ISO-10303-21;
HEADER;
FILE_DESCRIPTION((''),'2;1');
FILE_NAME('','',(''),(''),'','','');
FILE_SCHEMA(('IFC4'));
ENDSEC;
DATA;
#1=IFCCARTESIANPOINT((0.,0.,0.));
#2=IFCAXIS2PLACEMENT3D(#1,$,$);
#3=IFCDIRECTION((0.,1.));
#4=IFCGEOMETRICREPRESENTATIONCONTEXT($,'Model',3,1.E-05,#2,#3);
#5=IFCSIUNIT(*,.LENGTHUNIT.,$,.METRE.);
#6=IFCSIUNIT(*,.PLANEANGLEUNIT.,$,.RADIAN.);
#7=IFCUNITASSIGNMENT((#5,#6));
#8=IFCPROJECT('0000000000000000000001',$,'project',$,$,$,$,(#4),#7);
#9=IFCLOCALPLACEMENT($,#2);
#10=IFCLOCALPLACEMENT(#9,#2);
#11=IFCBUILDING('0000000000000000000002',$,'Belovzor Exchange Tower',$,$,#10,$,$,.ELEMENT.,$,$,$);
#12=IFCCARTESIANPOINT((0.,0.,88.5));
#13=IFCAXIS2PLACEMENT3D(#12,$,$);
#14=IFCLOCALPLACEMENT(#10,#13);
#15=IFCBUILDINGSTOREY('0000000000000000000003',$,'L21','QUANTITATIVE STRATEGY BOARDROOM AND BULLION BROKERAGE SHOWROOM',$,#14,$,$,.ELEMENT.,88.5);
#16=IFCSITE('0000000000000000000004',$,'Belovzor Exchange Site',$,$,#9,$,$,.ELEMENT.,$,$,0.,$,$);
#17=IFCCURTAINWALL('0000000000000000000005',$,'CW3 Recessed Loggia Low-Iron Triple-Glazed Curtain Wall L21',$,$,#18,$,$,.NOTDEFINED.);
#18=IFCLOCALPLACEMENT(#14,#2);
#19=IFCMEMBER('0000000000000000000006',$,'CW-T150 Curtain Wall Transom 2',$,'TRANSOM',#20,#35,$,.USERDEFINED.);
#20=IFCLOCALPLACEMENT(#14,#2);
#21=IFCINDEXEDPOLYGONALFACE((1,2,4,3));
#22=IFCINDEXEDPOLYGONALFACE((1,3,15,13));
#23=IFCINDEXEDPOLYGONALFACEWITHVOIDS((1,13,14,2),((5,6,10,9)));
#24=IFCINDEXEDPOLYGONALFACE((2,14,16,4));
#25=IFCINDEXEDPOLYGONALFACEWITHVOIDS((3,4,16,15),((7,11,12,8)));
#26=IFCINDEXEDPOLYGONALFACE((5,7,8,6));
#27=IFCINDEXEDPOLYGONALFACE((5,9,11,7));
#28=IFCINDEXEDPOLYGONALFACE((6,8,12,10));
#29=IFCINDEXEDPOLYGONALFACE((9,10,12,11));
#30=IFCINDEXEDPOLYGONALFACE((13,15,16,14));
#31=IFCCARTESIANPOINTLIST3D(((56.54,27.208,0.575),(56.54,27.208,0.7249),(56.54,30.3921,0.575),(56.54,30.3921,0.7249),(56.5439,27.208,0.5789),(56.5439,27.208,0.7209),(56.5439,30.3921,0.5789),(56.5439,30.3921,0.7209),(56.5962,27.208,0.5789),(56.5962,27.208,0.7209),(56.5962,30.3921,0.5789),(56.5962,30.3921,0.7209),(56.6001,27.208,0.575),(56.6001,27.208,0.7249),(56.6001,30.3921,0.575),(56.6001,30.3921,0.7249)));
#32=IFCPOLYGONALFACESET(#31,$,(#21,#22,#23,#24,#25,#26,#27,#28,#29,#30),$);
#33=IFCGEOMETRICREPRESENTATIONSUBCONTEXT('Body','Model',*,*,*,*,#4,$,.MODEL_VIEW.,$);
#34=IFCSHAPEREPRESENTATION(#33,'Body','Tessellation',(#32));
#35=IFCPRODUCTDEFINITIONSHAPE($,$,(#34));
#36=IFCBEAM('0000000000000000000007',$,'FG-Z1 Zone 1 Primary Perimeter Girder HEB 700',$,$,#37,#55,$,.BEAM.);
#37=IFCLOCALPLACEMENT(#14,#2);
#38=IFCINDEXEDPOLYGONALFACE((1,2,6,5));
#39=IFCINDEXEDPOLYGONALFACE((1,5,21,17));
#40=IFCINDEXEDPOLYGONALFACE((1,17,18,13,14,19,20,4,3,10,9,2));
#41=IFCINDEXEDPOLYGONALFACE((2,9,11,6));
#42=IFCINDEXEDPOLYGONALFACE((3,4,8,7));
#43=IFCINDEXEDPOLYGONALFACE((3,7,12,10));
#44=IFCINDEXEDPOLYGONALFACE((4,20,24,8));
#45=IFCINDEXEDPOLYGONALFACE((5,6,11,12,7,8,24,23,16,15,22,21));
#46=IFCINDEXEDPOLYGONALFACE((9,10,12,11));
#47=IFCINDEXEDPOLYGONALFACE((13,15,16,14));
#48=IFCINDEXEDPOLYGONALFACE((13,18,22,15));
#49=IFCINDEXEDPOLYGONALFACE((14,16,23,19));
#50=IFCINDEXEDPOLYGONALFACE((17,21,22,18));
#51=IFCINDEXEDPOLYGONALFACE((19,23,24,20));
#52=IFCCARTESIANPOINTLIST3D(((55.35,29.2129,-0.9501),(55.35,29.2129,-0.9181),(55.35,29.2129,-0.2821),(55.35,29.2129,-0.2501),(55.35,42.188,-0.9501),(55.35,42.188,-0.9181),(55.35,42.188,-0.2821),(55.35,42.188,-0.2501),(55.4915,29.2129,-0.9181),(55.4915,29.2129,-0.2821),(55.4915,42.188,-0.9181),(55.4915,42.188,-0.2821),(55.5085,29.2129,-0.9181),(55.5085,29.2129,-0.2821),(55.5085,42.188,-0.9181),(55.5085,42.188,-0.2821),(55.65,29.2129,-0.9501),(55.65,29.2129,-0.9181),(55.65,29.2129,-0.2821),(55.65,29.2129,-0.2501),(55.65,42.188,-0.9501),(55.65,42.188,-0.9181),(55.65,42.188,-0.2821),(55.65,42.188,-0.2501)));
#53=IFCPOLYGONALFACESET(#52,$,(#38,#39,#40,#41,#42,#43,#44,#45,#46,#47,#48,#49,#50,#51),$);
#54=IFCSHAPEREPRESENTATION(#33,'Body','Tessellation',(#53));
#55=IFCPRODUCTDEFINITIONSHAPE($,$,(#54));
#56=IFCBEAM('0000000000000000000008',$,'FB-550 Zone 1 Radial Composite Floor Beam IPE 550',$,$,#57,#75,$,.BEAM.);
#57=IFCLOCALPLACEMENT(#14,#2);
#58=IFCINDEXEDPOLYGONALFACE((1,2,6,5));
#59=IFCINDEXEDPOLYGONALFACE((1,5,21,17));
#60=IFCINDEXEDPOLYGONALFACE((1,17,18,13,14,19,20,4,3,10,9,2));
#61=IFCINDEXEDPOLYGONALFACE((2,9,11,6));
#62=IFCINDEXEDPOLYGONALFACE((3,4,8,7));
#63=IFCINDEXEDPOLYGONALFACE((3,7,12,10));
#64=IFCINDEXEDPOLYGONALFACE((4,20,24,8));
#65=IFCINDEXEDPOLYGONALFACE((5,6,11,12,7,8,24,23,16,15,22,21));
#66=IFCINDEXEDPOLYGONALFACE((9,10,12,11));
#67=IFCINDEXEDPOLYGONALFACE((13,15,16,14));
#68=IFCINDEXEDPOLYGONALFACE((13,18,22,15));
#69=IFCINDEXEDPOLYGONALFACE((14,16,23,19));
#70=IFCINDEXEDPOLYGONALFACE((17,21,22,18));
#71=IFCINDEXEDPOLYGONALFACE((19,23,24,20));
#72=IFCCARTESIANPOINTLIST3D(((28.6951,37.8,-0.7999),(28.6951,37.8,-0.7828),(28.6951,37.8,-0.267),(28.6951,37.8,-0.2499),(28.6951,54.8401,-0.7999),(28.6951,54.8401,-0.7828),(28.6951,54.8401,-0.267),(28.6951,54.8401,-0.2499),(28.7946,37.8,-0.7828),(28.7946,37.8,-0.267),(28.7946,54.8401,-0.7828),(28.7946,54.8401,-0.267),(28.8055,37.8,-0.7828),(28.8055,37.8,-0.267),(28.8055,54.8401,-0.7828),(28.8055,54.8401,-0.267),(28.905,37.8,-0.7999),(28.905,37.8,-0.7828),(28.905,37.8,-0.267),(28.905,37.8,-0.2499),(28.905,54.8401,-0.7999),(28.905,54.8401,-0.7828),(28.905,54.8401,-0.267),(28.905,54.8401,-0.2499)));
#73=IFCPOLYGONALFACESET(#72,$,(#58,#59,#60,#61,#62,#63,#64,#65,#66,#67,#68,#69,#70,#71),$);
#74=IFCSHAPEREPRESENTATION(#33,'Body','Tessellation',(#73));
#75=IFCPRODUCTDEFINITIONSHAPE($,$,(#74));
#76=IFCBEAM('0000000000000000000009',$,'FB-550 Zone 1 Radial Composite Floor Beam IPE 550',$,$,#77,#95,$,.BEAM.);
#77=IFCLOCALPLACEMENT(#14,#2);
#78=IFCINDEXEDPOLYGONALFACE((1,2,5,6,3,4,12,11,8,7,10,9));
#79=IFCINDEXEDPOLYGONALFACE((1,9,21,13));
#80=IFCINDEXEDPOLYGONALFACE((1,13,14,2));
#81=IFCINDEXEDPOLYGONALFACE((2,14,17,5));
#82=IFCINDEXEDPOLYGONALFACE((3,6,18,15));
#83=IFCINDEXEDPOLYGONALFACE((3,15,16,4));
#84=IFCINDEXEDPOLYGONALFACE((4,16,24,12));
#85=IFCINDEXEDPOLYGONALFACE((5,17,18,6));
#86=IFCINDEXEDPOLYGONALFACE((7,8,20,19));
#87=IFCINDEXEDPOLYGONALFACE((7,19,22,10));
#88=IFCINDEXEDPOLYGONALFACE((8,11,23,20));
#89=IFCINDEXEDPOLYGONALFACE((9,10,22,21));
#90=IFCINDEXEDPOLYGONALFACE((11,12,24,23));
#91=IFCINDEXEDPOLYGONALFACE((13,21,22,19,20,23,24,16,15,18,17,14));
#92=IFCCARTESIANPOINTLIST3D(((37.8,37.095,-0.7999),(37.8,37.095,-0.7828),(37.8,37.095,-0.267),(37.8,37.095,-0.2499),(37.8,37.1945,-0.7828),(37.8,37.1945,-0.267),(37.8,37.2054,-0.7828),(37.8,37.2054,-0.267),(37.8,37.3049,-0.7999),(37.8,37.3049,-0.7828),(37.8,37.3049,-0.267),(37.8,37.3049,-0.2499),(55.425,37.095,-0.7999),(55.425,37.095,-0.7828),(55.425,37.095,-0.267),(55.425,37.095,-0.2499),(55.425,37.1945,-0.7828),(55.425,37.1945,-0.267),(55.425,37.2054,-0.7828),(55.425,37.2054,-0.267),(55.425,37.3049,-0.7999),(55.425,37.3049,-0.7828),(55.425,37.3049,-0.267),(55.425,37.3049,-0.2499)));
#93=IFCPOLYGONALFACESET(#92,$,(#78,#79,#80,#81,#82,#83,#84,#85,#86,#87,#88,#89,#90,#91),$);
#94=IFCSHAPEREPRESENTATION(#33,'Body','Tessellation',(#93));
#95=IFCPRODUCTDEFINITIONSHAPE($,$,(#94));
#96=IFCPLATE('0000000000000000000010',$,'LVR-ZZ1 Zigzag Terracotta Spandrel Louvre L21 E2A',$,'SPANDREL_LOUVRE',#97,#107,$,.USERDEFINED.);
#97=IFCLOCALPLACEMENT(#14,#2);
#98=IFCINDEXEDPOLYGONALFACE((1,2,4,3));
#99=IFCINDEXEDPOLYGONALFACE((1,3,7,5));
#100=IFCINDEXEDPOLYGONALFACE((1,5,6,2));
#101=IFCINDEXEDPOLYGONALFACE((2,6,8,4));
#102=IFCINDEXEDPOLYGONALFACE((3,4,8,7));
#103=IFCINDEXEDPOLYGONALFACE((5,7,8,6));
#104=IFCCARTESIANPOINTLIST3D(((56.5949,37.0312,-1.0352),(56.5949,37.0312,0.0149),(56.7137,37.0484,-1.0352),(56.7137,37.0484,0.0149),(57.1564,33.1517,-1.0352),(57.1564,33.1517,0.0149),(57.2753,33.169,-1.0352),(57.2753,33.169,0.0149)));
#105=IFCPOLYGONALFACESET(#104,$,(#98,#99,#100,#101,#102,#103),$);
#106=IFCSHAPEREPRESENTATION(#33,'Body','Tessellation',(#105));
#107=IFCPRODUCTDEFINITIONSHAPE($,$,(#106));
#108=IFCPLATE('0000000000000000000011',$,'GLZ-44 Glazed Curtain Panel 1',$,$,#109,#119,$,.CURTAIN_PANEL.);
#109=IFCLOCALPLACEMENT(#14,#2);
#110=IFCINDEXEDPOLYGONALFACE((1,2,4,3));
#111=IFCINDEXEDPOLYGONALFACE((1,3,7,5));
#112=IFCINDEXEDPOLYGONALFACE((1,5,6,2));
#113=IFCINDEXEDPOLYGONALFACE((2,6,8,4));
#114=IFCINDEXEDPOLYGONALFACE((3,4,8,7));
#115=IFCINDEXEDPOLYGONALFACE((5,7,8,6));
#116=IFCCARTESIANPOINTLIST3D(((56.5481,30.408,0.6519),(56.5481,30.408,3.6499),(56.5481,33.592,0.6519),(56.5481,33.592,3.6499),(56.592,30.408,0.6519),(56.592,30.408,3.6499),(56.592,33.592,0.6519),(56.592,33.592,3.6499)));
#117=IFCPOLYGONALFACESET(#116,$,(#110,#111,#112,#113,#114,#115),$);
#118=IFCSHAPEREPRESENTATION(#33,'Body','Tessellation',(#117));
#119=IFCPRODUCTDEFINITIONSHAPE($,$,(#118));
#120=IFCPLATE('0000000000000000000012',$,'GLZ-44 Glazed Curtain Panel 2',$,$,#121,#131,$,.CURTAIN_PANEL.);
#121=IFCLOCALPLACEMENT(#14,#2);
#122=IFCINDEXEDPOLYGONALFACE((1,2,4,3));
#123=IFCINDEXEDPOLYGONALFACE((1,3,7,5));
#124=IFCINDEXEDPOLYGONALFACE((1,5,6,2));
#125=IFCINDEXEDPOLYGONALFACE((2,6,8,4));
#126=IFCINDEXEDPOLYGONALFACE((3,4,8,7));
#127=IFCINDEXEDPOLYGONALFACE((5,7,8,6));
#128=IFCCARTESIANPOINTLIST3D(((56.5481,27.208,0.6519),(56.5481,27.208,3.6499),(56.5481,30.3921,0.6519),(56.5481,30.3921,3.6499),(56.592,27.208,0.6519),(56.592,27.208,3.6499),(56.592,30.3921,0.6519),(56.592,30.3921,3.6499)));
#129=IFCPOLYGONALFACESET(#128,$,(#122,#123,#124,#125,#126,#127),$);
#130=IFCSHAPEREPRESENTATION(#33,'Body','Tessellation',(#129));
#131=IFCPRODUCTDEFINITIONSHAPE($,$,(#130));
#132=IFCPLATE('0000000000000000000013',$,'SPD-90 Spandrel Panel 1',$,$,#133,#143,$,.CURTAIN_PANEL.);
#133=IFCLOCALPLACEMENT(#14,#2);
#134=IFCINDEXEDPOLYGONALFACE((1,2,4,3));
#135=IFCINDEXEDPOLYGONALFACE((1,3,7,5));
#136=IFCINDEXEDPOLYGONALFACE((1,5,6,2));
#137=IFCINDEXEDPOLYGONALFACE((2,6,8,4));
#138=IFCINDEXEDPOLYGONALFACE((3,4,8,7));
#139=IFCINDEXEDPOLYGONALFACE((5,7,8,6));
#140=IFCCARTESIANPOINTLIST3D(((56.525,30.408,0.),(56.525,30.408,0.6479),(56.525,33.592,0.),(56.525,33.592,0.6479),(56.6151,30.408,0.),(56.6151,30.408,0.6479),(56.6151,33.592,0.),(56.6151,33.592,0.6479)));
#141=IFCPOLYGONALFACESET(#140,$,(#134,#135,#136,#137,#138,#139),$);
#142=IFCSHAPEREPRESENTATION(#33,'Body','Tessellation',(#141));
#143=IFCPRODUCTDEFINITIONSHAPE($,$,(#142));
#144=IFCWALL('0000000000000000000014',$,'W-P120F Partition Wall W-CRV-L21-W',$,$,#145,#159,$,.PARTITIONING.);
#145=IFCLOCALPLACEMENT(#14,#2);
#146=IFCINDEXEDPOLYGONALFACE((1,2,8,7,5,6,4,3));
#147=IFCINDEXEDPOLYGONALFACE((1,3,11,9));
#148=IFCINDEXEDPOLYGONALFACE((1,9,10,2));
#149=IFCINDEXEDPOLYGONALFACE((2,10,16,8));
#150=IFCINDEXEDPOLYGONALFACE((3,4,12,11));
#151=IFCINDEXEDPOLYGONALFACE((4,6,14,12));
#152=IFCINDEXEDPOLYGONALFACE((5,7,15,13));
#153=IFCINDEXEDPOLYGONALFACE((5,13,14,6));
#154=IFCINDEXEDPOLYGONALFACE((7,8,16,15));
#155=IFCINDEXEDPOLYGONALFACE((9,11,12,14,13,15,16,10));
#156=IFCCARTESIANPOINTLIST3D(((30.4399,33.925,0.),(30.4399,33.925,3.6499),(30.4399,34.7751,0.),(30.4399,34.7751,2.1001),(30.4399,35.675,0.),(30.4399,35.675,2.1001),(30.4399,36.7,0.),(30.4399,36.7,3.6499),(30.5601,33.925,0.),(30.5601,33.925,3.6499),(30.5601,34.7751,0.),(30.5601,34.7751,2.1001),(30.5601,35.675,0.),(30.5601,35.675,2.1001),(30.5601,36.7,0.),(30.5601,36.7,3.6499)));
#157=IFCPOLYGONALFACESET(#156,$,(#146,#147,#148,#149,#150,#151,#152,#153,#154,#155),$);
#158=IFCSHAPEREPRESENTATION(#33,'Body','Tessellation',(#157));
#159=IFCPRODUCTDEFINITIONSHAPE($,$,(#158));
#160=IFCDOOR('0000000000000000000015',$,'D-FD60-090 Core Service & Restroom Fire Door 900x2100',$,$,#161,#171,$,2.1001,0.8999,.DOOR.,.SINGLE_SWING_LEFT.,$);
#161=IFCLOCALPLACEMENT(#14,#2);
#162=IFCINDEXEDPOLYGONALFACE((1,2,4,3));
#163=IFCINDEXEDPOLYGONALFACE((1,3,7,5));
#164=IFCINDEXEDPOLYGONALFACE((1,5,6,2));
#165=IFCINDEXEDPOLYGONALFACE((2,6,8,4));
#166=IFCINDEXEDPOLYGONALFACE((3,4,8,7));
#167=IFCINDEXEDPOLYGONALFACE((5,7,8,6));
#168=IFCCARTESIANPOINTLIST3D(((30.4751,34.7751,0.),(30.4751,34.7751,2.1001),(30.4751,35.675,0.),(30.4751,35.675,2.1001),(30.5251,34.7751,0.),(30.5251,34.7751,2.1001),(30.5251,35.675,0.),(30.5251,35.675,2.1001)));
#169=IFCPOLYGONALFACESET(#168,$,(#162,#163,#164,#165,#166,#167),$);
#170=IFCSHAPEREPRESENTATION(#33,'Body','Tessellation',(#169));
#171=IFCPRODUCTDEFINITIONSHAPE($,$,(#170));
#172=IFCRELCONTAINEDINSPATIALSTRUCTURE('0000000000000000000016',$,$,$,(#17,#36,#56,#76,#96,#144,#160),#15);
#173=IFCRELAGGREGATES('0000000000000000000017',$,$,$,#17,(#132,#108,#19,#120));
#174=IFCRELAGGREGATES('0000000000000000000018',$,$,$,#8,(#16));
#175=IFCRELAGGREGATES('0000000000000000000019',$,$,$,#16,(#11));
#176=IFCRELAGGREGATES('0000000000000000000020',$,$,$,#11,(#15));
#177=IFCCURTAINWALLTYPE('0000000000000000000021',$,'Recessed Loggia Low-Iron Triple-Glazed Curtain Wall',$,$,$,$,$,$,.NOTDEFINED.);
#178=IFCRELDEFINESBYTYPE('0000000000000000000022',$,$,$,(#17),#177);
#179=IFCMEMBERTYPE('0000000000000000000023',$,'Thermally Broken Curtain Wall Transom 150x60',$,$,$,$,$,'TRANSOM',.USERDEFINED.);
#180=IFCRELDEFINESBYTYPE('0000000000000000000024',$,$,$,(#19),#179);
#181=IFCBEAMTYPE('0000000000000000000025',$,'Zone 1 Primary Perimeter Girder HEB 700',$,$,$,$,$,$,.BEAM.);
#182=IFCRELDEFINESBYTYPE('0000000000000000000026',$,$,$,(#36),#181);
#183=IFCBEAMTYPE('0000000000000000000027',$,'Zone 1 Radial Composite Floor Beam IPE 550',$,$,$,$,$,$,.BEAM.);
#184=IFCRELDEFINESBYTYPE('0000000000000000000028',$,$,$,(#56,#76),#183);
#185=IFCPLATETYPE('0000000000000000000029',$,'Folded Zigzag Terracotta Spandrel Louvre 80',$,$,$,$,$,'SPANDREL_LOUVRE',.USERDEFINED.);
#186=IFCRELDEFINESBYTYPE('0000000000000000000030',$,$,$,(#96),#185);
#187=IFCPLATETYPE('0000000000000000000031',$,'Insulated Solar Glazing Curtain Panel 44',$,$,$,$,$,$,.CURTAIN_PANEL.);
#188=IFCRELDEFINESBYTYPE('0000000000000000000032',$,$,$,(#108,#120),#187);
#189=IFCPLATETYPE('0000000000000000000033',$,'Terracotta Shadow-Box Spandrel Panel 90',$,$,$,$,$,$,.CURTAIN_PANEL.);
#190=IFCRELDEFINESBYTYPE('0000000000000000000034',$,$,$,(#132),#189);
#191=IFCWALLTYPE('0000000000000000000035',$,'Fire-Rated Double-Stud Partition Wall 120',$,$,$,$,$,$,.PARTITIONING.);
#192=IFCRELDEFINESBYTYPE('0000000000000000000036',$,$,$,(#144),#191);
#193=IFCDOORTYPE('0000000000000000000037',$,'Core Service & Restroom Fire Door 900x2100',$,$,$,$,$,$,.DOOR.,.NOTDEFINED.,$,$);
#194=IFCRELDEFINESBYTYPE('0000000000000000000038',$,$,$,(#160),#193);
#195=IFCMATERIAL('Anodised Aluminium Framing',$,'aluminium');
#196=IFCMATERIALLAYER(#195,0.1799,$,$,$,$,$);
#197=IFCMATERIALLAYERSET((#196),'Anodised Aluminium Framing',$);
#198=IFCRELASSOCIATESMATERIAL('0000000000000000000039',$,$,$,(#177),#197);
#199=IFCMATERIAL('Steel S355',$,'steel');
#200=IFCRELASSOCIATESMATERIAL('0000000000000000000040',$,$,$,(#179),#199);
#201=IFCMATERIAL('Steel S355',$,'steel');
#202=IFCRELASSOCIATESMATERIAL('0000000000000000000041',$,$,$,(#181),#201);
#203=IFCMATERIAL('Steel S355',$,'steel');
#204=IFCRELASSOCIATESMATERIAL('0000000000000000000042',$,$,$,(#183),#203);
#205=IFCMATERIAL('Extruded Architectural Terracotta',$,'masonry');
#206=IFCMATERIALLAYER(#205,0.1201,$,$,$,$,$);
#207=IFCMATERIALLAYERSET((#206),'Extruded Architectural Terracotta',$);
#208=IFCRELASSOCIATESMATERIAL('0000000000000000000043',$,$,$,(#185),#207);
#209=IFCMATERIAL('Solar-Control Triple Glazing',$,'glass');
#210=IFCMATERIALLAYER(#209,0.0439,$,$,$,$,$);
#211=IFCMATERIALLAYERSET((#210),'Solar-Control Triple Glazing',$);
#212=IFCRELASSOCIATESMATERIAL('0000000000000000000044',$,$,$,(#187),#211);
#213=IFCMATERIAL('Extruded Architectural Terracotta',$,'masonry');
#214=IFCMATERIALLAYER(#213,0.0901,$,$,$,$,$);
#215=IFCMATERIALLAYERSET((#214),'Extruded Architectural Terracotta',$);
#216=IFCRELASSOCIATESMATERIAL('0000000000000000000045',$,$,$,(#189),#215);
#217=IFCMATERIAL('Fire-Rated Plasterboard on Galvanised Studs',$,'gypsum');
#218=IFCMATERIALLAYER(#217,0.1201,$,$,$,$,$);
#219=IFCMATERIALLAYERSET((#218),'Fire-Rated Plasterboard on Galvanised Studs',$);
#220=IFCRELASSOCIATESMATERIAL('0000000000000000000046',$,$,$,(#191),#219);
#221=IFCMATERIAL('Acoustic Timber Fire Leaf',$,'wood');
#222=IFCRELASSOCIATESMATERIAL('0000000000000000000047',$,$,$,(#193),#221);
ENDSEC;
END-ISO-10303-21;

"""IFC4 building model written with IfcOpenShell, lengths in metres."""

from ifc_helpers import new_model, si_unit, direction, frame, frame_2d, origin, origin_2d, place, context, subcontext, project, spatial, rectangle, hollow_rectangle, i_section, extrude, material, layer, layer_set, material_profile, profile_set, type_object, element, fill, aggregate, save


model = new_model("IFC4")

# Units and contexts
model_context = context("Model", 3, precision=1e-05, world=origin(), true_north=direction((0.0, 1.0)))
body_context = subcontext(model_context, "Body", "Model", "MODEL_VIEW")
ifc_project = project(units=[si_unit("LENGTHUNIT", "METRE"), si_unit("PLANEANGLEUNIT", "RADIAN")], contexts=[model_context])

# Site, building, storey
site_placement = place(None, origin())
site = spatial("IfcSite", under=ifc_project, at=site_placement, Name="Belovzor Exchange Site", CompositionType="ELEMENT", RefElevation=0.0)
building_placement = place(site_placement, origin())
building = spatial("IfcBuilding", under=site, at=building_placement, Name="Belovzor Exchange Tower", CompositionType="ELEMENT")
storey_placement = place(building_placement, frame((0.0, 0.0, 88.5)))
storey = spatial("IfcBuildingStorey", under=building, at=storey_placement, Name="L21", Description="QUANTITATIVE STRATEGY BOARDROOM AND BULLION BROKERAGE SHOWROOM", CompositionType="ELEMENT", Elevation=88.5)

# Curtain wall, member
ifc_material_1 = material(Name="Anodised Aluminium Framing", Category="aluminium")
ifc_layer_1 = layer(ifc_material_1, 0.1799)
ifc_layer_set_1 = layer_set([ifc_layer_1], Name="Anodised Aluminium Framing")
curtain_wall_type = type_object("IfcCurtainWallType", Name="Recessed Loggia Low-Iron Triple-Glazed Curtain Wall", PredefinedType="NOTDEFINED", material=ifc_layer_set_1)
curtain_wall_placement = place(storey_placement, origin())
curtain_wall = element("IfcCurtainWall", 1, at=curtain_wall_placement, inside=storey, type_object=curtain_wall_type, Name="CW3 Recessed Loggia Low-Iron Triple-Glazed Curtain Wall L21", PredefinedType="NOTDEFINED")
ifc_material_2 = material(Name="Steel S355", Category="steel")
ifc_material_profile_1 = material_profile(ifc_material_2, hollow_rectangle(XDim=0.0601, YDim=0.1499, WallThickness=0.0039, at=origin_2d()))
ifc_profile_set_1 = profile_set([ifc_material_profile_1], Name="Steel S355")
member_type_1 = type_object("IfcMemberType", Name="Thermally Broken Curtain Wall Transom 150x60", ElementType="TRANSOM", PredefinedType="USERDEFINED", material=ifc_profile_set_1)
member_1_placement = place(storey_placement, frame((56.5701, 30.3921, 0.6499), z_axis=(0.0, -1.0, 0.0), x_axis=(1.0, 0.0, 0.0)))
member_1 = element("IfcMember", 2, at=member_1_placement, type_object=member_type_1, Name="CW-T150 Curtain Wall Transom 2", ObjectType="TRANSOM", PredefinedType="USERDEFINED", context=body_context, shape_type="SweptSolid", body=[
    extrude(hollow_rectangle(XDim=0.0601, YDim=0.1499, WallThickness=0.0039, at=origin_2d()), origin(), (0.0, 0.0, 1.0), 3.1841),
])

# Beams
ifc_material_3 = material(Name="Steel S355", Category="steel")
ifc_material_profile_2 = material_profile(ifc_material_3, i_section(OverallWidth=0.3, OverallDepth=0.7, WebThickness=0.0171, FlangeThickness=0.032, at=origin_2d()))
ifc_profile_set_2 = profile_set([ifc_material_profile_2], Name="Steel S355")
beam_type_1 = type_object("IfcBeamType", Name="Zone 1 Primary Perimeter Girder HEB 700", PredefinedType="BEAM", material=ifc_profile_set_2)
beam_1_placement = place(storey_placement, frame((55.5, 29.2129, -0.6001), z_axis=(0.0, 1.0, 0.0), x_axis=(-1.0, 0.0, 0.0)))
element("IfcBeam", 3, at=beam_1_placement, inside=storey, type_object=beam_type_1, Name="FG-Z1 Zone 1 Primary Perimeter Girder HEB 700", PredefinedType="BEAM", context=body_context, shape_type="SweptSolid", body=[
    extrude(i_section(OverallWidth=0.3, OverallDepth=0.7, WebThickness=0.0171, FlangeThickness=0.032, at=origin_2d()), origin(), (0.0, 0.0, 1.0), 12.9751),
])
ifc_material_4 = material(Name="Steel S355", Category="steel")
ifc_material_profile_3 = material_profile(ifc_material_4, i_section(OverallWidth=0.21, OverallDepth=0.55, WebThickness=0.011, FlangeThickness=0.0171, at=origin_2d()))
ifc_profile_set_3 = profile_set([ifc_material_profile_3], Name="Steel S355")
beam_type_2 = type_object("IfcBeamType", Name="Zone 1 Radial Composite Floor Beam IPE 550", PredefinedType="BEAM", material=ifc_profile_set_3)
beam_2_placement = place(storey_placement, frame((28.8, 37.8, -0.5249), z_axis=(0.0, 1.0, 0.0), x_axis=(-1.0, 0.0, 0.0)))
element("IfcBeam", 4, at=beam_2_placement, inside=storey, type_object=beam_type_2, Name="FB-550 Zone 1 Radial Composite Floor Beam IPE 550", PredefinedType="BEAM", context=body_context, shape_type="SweptSolid", body=[
    extrude(i_section(OverallWidth=0.21, OverallDepth=0.55, WebThickness=0.011, FlangeThickness=0.0171, at=origin_2d()), origin(), (0.0, 0.0, 1.0), 17.04),
])
beam_3_placement = place(storey_placement, frame((37.8, 37.2, -0.5249), z_axis=(1.0, 0.0, 0.0), x_axis=(0.0, 1.0, 0.0)))
element("IfcBeam", 5, at=beam_3_placement, inside=storey, type_object=beam_type_2, Name="FB-550 Zone 1 Radial Composite Floor Beam IPE 550", PredefinedType="BEAM", context=body_context, shape_type="SweptSolid", body=[
    extrude(i_section(OverallWidth=0.21, OverallDepth=0.55, WebThickness=0.011, FlangeThickness=0.0171, at=origin_2d()), origin(), (0.0, 0.0, 1.0), 17.625),
])

# Plates
ifc_material_5 = material(Name="Extruded Architectural Terracotta", Category="masonry")
ifc_layer_2 = layer(ifc_material_5, 0.1201)
ifc_layer_set_2 = layer_set([ifc_layer_2], Name="Extruded Architectural Terracotta")
plate_type_1 = type_object("IfcPlateType", Name="Folded Zigzag Terracotta Spandrel Louvre 80", ElementType="SPANDREL_LOUVRE", PredefinedType="USERDEFINED", material=ifc_layer_set_2)
plate_1_placement = place(storey_placement, frame((56.9351, 35.1001, -1.0352), z_axis=(0.0, 0.0, 1.0), x_axis=(-0.143251, 0.989686, 0.0)))
element("IfcPlate", 6, at=plate_1_placement, inside=storey, type_object=plate_type_1, Name="LVR-ZZ1 Zigzag Terracotta Spandrel Louvre L21 E2A", ObjectType="SPANDREL_LOUVRE", PredefinedType="USERDEFINED", context=body_context, shape_type="SweptSolid", body=[
    extrude(rectangle(XDim=3.9199, YDim=0.1201, at=origin_2d()), origin(), (0.0, 0.0, 1.0), 1.05),
])
ifc_material_6 = material(Name="Solar-Control Triple Glazing", Category="glass")
ifc_layer_3 = layer(ifc_material_6, 0.0439)
ifc_layer_set_3 = layer_set([ifc_layer_3], Name="Solar-Control Triple Glazing")
plate_type_2 = type_object("IfcPlateType", Name="Insulated Solar Glazing Curtain Panel 44", PredefinedType="CURTAIN_PANEL", material=ifc_layer_set_3)
plate_2_placement = place(storey_placement, frame((56.5701, 32.0, 0.6519), z_axis=(0.0, 0.0, 1.0), x_axis=(0.0, -1.0, 0.0)))
plate_2 = element("IfcPlate", 7, at=plate_2_placement, type_object=plate_type_2, Name="GLZ-44 Glazed Curtain Panel 1", PredefinedType="CURTAIN_PANEL", context=body_context, shape_type="SweptSolid", body=[
    extrude(rectangle(XDim=3.1841, YDim=0.0439, at=origin_2d()), origin(), (0.0, 0.0, 1.0), 2.998),
])
plate_3_placement = place(storey_placement, frame((56.5701, 28.8, 0.6519), z_axis=(0.0, 0.0, 1.0), x_axis=(0.0, -1.0, 0.0)))
plate_3 = element("IfcPlate", 8, at=plate_3_placement, type_object=plate_type_2, Name="GLZ-44 Glazed Curtain Panel 2", PredefinedType="CURTAIN_PANEL", context=body_context, shape_type="SweptSolid", body=[
    extrude(rectangle(XDim=3.1841, YDim=0.0439, at=origin_2d()), origin(), (0.0, 0.0, 1.0), 2.998),
])
ifc_material_7 = material(Name="Extruded Architectural Terracotta", Category="masonry")
ifc_layer_4 = layer(ifc_material_7, 0.0901)
ifc_layer_set_4 = layer_set([ifc_layer_4], Name="Extruded Architectural Terracotta")
plate_type_3 = type_object("IfcPlateType", Name="Terracotta Shadow-Box Spandrel Panel 90", PredefinedType="CURTAIN_PANEL", material=ifc_layer_set_4)
plate_4_placement = place(storey_placement, frame((56.5701, 32.0, 0.0), z_axis=(0.0, 0.0, 1.0), x_axis=(0.0, -1.0, 0.0)))
plate_4 = element("IfcPlate", 9, at=plate_4_placement, type_object=plate_type_3, Name="SPD-90 Spandrel Panel 1", PredefinedType="CURTAIN_PANEL", context=body_context, shape_type="SweptSolid", body=[
    extrude(rectangle(XDim=3.1841, YDim=0.0901, at=origin_2d()), origin(), (0.0, 0.0, 1.0), 0.6479),
])
aggregate(curtain_wall, [plate_4, plate_2, member_1, plate_3])

# Wall, opening, door
ifc_material_8 = material(Name="Fire-Rated Plasterboard on Galvanised Studs", Category="gypsum")
ifc_layer_5 = layer(ifc_material_8, 0.1201)
ifc_layer_set_5 = layer_set([ifc_layer_5], Name="Fire-Rated Plasterboard on Galvanised Studs")
wall_type_1 = type_object("IfcWallType", Name="Fire-Rated Double-Stud Partition Wall 120", PredefinedType="PARTITIONING", material=ifc_layer_set_5)
wall_1_placement = place(storey_placement, frame((30.5, 33.925, 0.0), z_axis=(0.0, 0.0, 1.0), x_axis=(0.0, 1.0, 0.0)))
wall_1 = element("IfcWall", 10, at=wall_1_placement, inside=storey, type_object=wall_type_1, Name="W-P120F Partition Wall W-CRV-L21-W", PredefinedType="PARTITIONING", context=body_context, shape_type="SweptSolid", body=[
    extrude(rectangle(XDim=2.7749, YDim=0.1201, at=frame_2d((1.3875, 0.0))), origin(), (0.0, 0.0, 1.0), 3.6499),
])
opening_placement = place(wall_1_placement, frame((0.8501, 0.0, 0.0)))
opening = element("IfcOpeningElement", 11, at=opening_placement, cuts=wall_1, PredefinedType="OPENING", context=body_context, shape_type="SweptSolid", body=[
    extrude(rectangle(XDim=0.8999, YDim=2.1001, at=frame_2d((0.45, 1.05))), frame((0.0, 0.0701, 0.0), z_axis=(0.0, -1.0, 0.0), x_axis=(1.0, 0.0, 0.0)), (0.0, 0.0, 1.0), 0.1401),
])
ifc_material_9 = material(Name="Acoustic Timber Fire Leaf", Category="wood")
door_type = type_object("IfcDoorType", Name="Core Service & Restroom Fire Door 900x2100", OperationType="NOTDEFINED", PredefinedType="DOOR", material=ifc_material_9)
door_placement = place(opening_placement, origin())
door = element("IfcDoor", 12, at=door_placement, inside=storey, type_object=door_type, Name="D-FD60-090 Core Service & Restroom Fire Door 900x2100", OperationType="SINGLE_SWING_LEFT", OverallHeight=2.1001, OverallWidth=0.8999, PredefinedType="DOOR", context=body_context, shape_type="SweptSolid", body=[
    extrude(rectangle(XDim=0.8999, YDim=2.1001, at=frame_2d((0.45, 1.05))), frame((0.0, 0.0249, 0.0), z_axis=(0.0, -1.0, 0.0), x_axis=(1.0, 0.0, 0.0)), (0.0, 0.0, 1.0), 0.05),
])
fill(opening, door)

save(model, "model.ifc")
